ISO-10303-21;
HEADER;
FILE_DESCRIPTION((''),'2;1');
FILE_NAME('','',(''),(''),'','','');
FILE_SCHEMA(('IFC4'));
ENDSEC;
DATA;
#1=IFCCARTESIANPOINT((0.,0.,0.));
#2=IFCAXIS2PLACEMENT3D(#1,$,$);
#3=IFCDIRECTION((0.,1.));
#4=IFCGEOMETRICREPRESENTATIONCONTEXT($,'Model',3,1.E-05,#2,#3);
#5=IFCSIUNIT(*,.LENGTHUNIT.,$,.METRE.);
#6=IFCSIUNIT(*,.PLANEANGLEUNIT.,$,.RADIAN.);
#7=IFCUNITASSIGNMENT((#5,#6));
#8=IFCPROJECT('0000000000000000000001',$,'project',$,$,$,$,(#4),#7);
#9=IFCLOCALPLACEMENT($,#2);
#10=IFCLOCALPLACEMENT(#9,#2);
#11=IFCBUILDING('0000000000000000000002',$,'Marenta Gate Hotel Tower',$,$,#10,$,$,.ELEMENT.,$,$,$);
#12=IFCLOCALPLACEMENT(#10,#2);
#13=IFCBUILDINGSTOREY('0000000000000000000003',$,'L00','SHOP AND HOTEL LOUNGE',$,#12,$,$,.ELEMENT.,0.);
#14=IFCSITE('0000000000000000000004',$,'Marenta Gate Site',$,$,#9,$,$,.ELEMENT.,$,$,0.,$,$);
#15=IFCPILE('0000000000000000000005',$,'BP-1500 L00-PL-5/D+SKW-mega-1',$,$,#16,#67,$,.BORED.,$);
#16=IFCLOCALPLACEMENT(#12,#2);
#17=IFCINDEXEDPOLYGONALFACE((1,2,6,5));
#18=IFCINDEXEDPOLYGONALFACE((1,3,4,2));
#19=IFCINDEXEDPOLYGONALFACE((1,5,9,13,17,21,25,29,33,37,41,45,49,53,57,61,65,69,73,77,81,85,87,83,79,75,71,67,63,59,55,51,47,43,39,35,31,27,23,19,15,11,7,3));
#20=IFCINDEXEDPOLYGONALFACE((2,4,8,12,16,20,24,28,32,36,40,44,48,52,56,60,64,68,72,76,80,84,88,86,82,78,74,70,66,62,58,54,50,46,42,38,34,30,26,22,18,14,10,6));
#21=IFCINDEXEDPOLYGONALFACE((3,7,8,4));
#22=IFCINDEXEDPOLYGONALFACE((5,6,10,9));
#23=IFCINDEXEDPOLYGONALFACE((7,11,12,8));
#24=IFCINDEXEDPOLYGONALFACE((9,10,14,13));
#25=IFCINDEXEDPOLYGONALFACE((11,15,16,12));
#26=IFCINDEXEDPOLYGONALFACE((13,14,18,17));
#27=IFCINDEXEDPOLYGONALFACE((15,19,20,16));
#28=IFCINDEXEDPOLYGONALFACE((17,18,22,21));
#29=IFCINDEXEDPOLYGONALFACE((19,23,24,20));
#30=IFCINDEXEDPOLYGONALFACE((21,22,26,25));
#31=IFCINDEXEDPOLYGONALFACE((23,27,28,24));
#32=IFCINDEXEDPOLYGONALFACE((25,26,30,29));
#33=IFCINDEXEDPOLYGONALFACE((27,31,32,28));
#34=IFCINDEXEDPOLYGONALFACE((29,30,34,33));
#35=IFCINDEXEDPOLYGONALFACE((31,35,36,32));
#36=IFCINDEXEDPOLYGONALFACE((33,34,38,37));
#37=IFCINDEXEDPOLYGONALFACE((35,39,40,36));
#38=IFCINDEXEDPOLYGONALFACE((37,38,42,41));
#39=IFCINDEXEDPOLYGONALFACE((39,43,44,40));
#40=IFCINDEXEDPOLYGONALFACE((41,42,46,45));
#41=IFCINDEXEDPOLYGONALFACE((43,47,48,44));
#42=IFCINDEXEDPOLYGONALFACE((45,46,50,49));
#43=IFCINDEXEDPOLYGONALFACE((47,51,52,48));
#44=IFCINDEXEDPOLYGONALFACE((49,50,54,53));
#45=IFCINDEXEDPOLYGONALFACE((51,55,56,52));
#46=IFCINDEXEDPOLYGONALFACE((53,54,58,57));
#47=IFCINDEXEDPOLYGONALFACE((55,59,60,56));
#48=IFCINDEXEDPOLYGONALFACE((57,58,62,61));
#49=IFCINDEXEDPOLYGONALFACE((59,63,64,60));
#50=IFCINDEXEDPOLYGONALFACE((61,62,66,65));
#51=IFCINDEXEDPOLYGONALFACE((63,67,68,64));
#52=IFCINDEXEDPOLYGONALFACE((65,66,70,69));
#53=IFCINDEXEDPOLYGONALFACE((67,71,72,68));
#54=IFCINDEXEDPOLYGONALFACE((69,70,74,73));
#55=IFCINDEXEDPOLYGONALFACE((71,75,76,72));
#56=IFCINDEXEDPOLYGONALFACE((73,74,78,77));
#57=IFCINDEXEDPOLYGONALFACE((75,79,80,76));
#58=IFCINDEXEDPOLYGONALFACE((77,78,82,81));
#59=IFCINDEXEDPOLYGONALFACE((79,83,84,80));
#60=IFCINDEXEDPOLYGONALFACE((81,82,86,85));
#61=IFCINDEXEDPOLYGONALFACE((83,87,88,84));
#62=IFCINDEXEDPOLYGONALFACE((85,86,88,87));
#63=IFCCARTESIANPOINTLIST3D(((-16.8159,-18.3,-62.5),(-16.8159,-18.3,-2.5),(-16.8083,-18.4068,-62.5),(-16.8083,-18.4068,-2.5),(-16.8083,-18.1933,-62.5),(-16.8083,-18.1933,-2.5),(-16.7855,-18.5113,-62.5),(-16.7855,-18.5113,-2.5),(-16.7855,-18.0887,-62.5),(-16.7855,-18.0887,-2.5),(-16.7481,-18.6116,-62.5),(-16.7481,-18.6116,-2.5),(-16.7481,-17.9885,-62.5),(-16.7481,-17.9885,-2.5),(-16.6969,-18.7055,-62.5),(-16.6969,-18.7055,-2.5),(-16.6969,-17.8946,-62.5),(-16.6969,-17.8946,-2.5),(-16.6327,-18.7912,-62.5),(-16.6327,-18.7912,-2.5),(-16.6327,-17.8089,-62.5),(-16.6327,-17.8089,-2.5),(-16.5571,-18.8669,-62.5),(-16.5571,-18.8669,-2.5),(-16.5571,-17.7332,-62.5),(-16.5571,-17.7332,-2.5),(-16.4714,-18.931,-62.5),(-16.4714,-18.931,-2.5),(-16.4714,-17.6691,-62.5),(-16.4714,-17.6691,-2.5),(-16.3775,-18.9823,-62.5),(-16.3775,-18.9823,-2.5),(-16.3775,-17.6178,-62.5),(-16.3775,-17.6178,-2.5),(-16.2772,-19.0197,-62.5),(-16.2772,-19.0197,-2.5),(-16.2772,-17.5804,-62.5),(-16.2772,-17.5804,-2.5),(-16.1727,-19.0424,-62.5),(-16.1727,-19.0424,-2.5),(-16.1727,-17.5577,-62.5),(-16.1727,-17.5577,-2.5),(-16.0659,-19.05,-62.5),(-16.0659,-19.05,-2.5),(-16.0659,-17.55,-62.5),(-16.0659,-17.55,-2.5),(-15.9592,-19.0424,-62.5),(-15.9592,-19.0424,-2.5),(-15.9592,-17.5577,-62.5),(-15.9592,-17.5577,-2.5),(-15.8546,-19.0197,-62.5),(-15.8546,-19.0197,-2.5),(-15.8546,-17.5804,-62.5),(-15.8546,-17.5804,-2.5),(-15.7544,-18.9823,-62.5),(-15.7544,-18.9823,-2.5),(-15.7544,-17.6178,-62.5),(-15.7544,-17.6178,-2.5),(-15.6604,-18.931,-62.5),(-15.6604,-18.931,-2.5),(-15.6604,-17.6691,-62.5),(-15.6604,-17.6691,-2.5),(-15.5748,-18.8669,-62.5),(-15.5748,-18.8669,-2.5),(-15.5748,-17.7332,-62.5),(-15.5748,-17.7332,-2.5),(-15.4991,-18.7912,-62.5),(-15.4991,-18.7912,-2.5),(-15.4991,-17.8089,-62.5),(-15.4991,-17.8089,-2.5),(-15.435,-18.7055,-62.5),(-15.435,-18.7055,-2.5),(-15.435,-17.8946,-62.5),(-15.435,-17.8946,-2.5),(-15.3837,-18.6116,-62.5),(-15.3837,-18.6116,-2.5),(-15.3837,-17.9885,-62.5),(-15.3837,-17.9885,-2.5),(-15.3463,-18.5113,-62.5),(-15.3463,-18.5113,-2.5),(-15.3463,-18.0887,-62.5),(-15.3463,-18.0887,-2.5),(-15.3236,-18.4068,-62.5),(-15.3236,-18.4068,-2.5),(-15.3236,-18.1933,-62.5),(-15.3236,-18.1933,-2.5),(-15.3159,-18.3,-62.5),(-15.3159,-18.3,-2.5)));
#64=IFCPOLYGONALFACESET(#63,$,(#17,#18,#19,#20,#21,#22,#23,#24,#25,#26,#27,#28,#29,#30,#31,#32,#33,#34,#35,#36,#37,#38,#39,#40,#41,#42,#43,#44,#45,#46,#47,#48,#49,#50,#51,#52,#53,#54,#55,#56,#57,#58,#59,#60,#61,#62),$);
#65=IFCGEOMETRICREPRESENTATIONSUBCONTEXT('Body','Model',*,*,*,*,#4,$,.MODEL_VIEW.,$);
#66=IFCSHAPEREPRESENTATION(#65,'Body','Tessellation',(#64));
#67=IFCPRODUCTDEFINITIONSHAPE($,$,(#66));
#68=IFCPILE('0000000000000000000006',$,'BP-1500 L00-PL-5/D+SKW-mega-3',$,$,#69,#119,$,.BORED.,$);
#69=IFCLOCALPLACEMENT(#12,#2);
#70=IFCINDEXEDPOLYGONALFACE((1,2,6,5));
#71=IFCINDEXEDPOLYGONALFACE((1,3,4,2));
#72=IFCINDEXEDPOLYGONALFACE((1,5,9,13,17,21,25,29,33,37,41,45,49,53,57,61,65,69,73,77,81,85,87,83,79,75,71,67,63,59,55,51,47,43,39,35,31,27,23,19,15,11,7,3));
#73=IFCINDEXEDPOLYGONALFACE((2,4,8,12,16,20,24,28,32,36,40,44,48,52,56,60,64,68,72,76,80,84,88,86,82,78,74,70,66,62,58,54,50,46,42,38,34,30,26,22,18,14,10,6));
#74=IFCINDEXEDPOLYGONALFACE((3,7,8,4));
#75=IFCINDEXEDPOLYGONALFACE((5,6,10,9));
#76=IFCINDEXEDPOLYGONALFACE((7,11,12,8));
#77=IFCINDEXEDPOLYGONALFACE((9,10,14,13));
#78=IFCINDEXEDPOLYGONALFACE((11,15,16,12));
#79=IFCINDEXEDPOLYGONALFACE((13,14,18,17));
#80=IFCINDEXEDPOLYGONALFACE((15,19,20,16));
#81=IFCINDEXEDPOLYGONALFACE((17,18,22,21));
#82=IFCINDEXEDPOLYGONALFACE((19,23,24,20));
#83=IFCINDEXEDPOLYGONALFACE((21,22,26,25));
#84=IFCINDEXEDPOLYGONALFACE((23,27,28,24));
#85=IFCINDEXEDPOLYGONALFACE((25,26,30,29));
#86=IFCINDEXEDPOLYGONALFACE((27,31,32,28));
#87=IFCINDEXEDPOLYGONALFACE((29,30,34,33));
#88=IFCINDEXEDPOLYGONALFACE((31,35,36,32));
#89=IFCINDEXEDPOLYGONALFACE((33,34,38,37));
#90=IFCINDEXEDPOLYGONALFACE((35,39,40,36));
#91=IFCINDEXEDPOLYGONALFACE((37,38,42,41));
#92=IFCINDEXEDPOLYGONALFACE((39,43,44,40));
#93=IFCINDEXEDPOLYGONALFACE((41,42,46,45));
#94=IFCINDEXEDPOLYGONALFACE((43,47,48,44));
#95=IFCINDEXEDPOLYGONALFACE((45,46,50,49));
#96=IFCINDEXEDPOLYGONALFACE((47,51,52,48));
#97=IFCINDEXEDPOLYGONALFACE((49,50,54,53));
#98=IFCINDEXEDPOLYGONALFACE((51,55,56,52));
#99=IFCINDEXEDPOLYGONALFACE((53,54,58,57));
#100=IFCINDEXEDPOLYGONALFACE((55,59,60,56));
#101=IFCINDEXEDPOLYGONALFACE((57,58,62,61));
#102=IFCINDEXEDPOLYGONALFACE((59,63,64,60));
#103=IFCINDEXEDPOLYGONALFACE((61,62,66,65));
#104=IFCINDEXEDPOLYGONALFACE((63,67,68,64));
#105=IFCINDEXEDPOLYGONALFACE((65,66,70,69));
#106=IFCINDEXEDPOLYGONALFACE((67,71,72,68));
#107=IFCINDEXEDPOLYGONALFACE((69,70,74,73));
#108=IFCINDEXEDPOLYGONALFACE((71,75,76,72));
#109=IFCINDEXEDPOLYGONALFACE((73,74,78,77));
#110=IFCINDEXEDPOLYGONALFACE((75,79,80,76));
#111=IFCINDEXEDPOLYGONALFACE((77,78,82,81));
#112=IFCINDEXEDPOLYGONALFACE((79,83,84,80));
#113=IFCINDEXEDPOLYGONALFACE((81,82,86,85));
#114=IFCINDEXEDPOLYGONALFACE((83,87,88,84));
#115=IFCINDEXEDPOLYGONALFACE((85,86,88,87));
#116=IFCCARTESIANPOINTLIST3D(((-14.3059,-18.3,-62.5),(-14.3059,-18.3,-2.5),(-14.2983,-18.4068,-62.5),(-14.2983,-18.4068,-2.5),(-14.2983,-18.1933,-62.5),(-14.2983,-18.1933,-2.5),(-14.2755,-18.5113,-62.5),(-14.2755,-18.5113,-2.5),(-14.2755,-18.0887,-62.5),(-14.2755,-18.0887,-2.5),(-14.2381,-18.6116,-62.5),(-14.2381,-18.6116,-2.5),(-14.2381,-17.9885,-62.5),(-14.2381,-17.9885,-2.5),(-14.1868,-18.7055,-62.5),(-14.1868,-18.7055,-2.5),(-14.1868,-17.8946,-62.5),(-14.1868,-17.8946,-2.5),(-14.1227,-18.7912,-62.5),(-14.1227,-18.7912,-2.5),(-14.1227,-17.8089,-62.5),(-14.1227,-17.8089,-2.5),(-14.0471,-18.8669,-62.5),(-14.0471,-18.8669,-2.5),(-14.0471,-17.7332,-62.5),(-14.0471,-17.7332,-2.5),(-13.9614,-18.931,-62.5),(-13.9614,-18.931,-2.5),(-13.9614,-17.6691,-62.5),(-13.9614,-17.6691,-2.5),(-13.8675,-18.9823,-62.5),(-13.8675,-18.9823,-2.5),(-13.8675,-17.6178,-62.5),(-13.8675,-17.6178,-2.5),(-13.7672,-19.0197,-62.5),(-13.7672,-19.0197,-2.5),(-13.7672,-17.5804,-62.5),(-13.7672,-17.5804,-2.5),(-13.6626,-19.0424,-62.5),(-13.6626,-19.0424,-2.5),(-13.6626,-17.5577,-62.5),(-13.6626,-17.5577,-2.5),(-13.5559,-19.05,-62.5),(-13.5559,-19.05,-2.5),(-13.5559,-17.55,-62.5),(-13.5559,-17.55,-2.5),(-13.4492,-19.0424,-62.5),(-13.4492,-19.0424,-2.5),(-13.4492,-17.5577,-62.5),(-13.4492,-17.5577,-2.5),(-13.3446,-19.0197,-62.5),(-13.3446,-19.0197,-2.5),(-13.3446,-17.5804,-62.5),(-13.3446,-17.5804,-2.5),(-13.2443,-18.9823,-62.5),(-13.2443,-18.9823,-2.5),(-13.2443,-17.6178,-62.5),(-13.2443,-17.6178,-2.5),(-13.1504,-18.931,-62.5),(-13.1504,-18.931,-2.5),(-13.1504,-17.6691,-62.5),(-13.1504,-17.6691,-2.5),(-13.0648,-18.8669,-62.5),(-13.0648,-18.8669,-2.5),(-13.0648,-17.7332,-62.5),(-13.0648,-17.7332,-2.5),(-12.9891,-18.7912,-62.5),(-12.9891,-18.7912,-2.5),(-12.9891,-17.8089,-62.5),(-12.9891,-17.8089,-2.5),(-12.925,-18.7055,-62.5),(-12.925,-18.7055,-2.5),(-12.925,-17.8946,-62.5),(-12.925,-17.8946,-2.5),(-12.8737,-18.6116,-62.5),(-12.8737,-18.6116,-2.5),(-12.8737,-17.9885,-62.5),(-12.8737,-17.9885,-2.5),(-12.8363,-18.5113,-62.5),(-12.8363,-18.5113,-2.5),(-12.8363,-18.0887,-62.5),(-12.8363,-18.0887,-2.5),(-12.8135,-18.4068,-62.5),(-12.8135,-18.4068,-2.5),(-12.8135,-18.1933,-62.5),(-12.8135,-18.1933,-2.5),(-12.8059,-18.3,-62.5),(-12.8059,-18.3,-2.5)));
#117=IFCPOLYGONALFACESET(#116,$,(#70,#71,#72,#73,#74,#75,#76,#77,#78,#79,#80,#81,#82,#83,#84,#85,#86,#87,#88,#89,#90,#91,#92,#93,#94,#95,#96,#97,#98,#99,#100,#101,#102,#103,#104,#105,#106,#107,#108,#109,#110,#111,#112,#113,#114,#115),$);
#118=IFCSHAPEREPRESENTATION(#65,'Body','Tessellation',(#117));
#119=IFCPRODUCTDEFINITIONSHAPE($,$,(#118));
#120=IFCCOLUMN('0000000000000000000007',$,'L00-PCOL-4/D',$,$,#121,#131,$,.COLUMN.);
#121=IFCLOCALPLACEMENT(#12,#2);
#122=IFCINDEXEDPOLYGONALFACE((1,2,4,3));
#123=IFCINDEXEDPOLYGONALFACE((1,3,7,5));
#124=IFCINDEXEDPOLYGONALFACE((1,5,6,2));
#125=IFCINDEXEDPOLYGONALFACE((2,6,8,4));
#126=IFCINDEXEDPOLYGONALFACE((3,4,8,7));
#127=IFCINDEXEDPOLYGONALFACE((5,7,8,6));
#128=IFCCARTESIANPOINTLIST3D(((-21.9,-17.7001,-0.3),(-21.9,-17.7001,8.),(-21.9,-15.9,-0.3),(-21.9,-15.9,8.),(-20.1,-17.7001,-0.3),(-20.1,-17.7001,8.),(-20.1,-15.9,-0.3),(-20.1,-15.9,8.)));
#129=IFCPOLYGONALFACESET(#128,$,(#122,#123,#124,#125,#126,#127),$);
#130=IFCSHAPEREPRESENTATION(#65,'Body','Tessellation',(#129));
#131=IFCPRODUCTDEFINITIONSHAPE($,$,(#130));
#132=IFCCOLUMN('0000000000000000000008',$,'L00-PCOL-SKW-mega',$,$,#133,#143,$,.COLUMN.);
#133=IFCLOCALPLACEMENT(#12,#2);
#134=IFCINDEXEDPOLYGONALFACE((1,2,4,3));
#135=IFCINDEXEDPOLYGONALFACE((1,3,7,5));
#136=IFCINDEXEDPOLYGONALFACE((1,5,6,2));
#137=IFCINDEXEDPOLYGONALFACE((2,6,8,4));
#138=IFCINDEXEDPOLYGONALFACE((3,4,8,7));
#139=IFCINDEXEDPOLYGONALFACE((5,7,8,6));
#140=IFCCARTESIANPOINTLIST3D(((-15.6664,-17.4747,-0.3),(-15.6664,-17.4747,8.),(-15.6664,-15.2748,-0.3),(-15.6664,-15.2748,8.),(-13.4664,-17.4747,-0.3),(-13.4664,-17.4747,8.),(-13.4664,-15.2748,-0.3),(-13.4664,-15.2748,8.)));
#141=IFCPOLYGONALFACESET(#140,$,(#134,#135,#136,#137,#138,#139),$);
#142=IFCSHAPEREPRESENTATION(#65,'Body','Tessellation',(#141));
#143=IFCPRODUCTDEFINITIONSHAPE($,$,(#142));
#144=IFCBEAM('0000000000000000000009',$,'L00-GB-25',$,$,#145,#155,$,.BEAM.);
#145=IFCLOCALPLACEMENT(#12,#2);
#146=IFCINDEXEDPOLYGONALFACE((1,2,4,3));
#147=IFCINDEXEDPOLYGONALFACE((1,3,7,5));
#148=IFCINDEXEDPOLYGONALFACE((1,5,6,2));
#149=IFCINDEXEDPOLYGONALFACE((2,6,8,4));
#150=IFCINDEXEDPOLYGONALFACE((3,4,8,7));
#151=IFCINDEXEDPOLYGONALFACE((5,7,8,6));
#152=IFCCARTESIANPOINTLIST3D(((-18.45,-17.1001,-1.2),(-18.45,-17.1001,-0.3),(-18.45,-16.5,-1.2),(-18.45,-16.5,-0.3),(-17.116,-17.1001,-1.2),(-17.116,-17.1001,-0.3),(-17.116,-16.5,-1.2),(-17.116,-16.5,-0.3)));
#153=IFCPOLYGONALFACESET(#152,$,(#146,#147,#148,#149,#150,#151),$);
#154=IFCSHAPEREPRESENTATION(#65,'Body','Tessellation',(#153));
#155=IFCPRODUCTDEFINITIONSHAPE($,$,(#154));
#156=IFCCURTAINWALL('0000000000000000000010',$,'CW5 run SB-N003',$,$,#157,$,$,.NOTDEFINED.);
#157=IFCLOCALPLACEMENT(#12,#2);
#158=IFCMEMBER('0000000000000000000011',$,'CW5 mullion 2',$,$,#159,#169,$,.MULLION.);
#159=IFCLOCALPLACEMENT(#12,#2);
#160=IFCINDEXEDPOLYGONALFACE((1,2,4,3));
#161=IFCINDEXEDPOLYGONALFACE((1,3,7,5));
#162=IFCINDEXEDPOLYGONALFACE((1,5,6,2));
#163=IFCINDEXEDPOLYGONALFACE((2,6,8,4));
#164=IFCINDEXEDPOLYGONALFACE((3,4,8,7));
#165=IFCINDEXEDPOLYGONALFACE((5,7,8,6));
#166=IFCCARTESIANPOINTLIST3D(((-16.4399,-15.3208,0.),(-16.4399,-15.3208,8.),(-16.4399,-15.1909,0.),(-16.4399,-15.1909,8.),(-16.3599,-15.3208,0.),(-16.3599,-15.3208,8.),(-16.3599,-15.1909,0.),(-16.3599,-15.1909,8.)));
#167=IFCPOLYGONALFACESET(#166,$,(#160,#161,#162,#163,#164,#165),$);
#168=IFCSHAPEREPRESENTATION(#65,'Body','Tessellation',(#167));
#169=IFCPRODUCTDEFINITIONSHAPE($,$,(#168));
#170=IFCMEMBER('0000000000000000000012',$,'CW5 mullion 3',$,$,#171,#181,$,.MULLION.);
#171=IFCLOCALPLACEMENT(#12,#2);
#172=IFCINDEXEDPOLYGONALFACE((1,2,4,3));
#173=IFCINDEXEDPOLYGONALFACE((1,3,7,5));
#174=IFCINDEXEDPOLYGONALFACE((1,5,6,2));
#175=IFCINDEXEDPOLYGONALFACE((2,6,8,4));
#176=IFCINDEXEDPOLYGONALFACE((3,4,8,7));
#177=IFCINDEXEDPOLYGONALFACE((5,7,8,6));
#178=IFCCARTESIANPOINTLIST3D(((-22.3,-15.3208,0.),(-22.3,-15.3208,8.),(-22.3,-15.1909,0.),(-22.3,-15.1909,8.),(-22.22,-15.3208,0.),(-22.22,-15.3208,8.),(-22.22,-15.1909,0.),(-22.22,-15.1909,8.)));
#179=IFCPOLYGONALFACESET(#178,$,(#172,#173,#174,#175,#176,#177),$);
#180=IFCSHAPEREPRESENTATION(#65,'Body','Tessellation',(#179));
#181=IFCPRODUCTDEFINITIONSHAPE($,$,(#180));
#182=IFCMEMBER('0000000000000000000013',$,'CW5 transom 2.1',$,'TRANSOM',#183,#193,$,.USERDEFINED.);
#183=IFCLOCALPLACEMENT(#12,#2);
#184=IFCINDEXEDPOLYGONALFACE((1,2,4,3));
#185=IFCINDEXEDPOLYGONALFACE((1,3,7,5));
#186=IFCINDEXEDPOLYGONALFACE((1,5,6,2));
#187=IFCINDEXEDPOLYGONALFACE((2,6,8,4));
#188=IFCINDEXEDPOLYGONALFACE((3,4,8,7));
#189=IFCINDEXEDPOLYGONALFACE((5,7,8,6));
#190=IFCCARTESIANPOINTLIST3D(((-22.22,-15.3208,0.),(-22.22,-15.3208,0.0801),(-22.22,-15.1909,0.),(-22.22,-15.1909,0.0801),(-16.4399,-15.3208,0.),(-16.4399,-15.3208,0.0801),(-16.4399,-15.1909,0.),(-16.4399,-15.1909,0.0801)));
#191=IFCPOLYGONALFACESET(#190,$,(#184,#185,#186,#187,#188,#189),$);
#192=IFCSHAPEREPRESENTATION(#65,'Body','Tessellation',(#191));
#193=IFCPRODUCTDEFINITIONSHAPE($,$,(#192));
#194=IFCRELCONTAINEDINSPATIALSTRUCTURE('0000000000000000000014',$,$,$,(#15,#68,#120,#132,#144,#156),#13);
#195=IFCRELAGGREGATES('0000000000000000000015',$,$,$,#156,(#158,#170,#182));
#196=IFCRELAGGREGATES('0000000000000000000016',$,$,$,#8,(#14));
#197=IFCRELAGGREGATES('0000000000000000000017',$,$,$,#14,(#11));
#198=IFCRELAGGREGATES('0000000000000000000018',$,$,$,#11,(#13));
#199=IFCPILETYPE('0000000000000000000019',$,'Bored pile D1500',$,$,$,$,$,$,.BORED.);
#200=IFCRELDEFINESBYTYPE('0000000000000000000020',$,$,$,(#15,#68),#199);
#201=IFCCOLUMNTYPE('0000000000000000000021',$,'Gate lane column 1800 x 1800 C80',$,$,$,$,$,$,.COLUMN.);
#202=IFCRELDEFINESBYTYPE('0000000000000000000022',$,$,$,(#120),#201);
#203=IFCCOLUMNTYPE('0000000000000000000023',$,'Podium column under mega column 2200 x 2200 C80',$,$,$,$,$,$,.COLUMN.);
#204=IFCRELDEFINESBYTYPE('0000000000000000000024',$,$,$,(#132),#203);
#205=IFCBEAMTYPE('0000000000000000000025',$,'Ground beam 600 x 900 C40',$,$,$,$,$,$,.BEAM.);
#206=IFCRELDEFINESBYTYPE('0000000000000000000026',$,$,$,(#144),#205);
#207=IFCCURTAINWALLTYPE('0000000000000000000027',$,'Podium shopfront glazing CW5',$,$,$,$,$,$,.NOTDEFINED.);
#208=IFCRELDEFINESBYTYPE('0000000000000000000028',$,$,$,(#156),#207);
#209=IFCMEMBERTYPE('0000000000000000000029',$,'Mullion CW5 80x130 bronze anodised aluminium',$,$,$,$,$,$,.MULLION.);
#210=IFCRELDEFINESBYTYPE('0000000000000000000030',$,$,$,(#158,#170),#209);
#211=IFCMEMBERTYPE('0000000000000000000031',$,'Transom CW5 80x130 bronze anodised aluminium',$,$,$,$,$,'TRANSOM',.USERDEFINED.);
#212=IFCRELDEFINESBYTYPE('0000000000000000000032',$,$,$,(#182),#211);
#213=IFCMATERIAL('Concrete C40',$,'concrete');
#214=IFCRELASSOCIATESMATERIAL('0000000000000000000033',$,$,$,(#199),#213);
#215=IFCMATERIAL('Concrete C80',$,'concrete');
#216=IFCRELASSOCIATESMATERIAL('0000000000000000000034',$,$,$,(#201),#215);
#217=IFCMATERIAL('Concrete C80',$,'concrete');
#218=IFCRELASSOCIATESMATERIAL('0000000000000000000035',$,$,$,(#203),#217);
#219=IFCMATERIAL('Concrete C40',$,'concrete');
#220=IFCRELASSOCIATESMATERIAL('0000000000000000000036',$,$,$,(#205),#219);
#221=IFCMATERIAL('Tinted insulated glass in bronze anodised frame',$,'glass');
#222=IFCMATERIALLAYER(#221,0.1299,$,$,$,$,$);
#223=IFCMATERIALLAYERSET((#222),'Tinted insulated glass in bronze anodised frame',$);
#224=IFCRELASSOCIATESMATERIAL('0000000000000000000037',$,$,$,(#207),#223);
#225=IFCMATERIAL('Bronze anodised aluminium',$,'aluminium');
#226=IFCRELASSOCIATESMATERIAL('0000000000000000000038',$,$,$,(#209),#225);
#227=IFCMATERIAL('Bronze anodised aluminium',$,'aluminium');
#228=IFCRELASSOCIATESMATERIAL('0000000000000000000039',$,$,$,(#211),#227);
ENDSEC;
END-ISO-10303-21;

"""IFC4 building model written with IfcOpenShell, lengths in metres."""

from ifc_helpers import new_model, si_unit, direction, frame, origin, origin_2d, place, context, subcontext, project, spatial, rectangle, circle, extrude, material, layer, layer_set, material_profile, profile_set, type_object, element, aggregate, save


model = new_model("IFC4")

# Units and contexts
model_context = context("Model", 3, precision=1e-05, world=origin(), true_north=direction((0.0, 1.0)))
body_context = subcontext(model_context, "Body", "Model", "MODEL_VIEW")
ifc_project = project(units=[si_unit("LENGTHUNIT", "METRE"), si_unit("PLANEANGLEUNIT", "RADIAN")], contexts=[model_context])

# Site, building, storey
site_placement = place(None, origin())
site = spatial("IfcSite", under=ifc_project, at=site_placement, Name="Marenta Gate Site", CompositionType="ELEMENT", RefElevation=0.0)
building_placement = place(site_placement, origin())
building = spatial("IfcBuilding", under=site, at=building_placement, Name="Marenta Gate Hotel Tower", CompositionType="ELEMENT")
storey_placement = place(building_placement, origin())
storey = spatial("IfcBuildingStorey", under=building, at=storey_placement, Name="L00", Description="SHOP AND HOTEL LOUNGE", CompositionType="ELEMENT", Elevation=0.0)

# Piles
ifc_material_1 = material(Name="Concrete C40", Category="concrete")
pile_type = type_object("IfcPileType", Name="Bored pile D1500", PredefinedType="BORED", material=ifc_material_1)
for number, where, z_axis, x_axis, name in (
    (1, (-16.0659, -18.3, -2.5), (0.0, 0.0, -1.0), (1.0, 0.0, 0.0), "BP-1500 L00-PL-5/D+SKW-mega-1"),
    (2, (-13.5559, -18.3, -2.5), (0.0, 0.0, -1.0), (1.0, 0.0, 0.0), "BP-1500 L00-PL-5/D+SKW-mega-3"),
):
    element("IfcPile", number, at=place(storey_placement, frame(where, z_axis=z_axis, x_axis=x_axis)), inside=storey, type_object=pile_type, Name=name, PredefinedType="BORED", context=body_context, shape_type="SweptSolid", body=[
        extrude(circle(Radius=0.75, at=origin_2d()), origin(), (0.0, 0.0, 1.0), 60.0),
    ])

# Columns
ifc_material_2 = material(Name="Concrete C80", Category="concrete")
ifc_material_profile_1 = material_profile(ifc_material_2, rectangle(XDim=1.8, YDim=1.8, at=origin_2d()), Name="1800 x 1800")
ifc_profile_set_1 = profile_set([ifc_material_profile_1], Name="Concrete C80")
column_type_1 = type_object("IfcColumnType", Name="Gate lane column 1800 x 1800 C80", PredefinedType="COLUMN", material=ifc_profile_set_1)
column_1_placement = place(storey_placement, frame((-21.0, -16.8, -0.3), z_axis=(0.0, 0.0, 1.0), x_axis=(1.0, 0.0, 0.0)))
element("IfcColumn", 3, at=column_1_placement, inside=storey, type_object=column_type_1, Name="L00-PCOL-4/D", PredefinedType="COLUMN", context=body_context, shape_type="SweptSolid", body=[
    extrude(rectangle(XDim=1.8, YDim=1.8, at=origin_2d()), origin(), (0.0, 0.0, 1.0), 8.3),
])
ifc_material_3 = material(Name="Concrete C80", Category="concrete")
ifc_material_profile_2 = material_profile(ifc_material_3, rectangle(XDim=2.2, YDim=2.2, at=origin_2d()), Name="2200 x 2200")
ifc_profile_set_2 = profile_set([ifc_material_profile_2], Name="Concrete C80")
column_type_2 = type_object("IfcColumnType", Name="Podium column under mega column 2200 x 2200 C80", PredefinedType="COLUMN", material=ifc_profile_set_2)
column_2_placement = place(storey_placement, frame((-14.5664, -16.3748, -0.3), z_axis=(0.0, 0.0, 1.0), x_axis=(1.0, 0.0, 0.0)))
element("IfcColumn", 4, at=column_2_placement, inside=storey, type_object=column_type_2, Name="L00-PCOL-SKW-mega", PredefinedType="COLUMN", context=body_context, shape_type="SweptSolid", body=[
    extrude(rectangle(XDim=2.2, YDim=2.2, at=origin_2d()), origin(), (0.0, 0.0, 1.0), 8.3),
])

# Beam
ifc_material_4 = material(Name="Concrete C40", Category="concrete")
ifc_material_profile_3 = material_profile(ifc_material_4, rectangle(XDim=0.6001, YDim=0.8999, at=origin_2d()), Name="600 x 900")
ifc_profile_set_3 = profile_set([ifc_material_profile_3], Name="Concrete C40")
beam_type = type_object("IfcBeamType", Name="Ground beam 600 x 900 C40", PredefinedType="BEAM", material=ifc_profile_set_3)
beam_placement = place(storey_placement, frame((-18.45, -16.8, -0.75), z_axis=(1.0, 0.0, 0.0), x_axis=(0.0, 1.0, 0.0)))
element("IfcBeam", 5, at=beam_placement, inside=storey, type_object=beam_type, Name="L00-GB-25", PredefinedType="BEAM", context=body_context, shape_type="SweptSolid", body=[
    extrude(rectangle(XDim=0.6001, YDim=0.8999, at=origin_2d()), origin(), (0.0, 0.0, 1.0), 1.334),
])

# Curtain wall, members
ifc_material_5 = material(Name="Tinted insulated glass in bronze anodised frame", Category="glass")
ifc_layer_1 = layer(ifc_material_5, 0.1299)
ifc_layer_set_1 = layer_set([ifc_layer_1], Name="Tinted insulated glass in bronze anodised frame")
curtain_wall_type = type_object("IfcCurtainWallType", Name="Podium shopfront glazing CW5", PredefinedType="NOTDEFINED", material=ifc_layer_set_1)
curtain_wall_placement = place(storey_placement, origin())
curtain_wall = element("IfcCurtainWall", 6, at=curtain_wall_placement, inside=storey, type_object=curtain_wall_type, Name="CW5 run SB-N003", PredefinedType="NOTDEFINED")
ifc_material_6 = material(Name="Bronze anodised aluminium", Category="aluminium")
ifc_material_profile_4 = material_profile(ifc_material_6, rectangle(XDim=0.1299, YDim=0.0801, at=origin_2d()), Name="Mullion CW5 80x130 bronze anodised aluminium")
ifc_profile_set_4 = profile_set([ifc_material_profile_4], Name="Bronze anodised aluminium")
member_type_1 = type_object("IfcMemberType", Name="Mullion CW5 80x130 bronze anodised aluminium", PredefinedType="MULLION", material=ifc_profile_set_4)
member_1_placement = place(storey_placement, frame((-16.3999, -15.2559, 0.0), z_axis=(0.0, 0.0, 1.0), x_axis=(0.0, -1.0, 0.0)))
member_1 = element("IfcMember", 7, at=member_1_placement, type_object=member_type_1, Name="CW5 mullion 2", PredefinedType="MULLION", context=body_context, shape_type="SweptSolid", body=[
    extrude(rectangle(XDim=0.1299, YDim=0.0801, at=origin_2d()), origin(), (0.0, 0.0, 1.0), 8.0),
])
member_2_placement = place(storey_placement, frame((-22.26, -15.2559, 0.0), z_axis=(0.0, 0.0, 1.0), x_axis=(0.0, -1.0, 0.0)))
member_2 = element("IfcMember", 8, at=member_2_placement, type_object=member_type_1, Name="CW5 mullion 3", PredefinedType="MULLION", context=body_context, shape_type="SweptSolid", body=[
    extrude(rectangle(XDim=0.1299, YDim=0.0801, at=origin_2d()), origin(), (0.0, 0.0, 1.0), 8.0),
])
ifc_material_7 = material(Name="Bronze anodised aluminium", Category="aluminium")
ifc_material_profile_5 = material_profile(ifc_material_7, rectangle(XDim=0.1299, YDim=0.0801, at=origin_2d()), Name="Transom CW5 80x130 bronze anodised aluminium")
ifc_profile_set_5 = profile_set([ifc_material_profile_5], Name="Bronze anodised aluminium")
member_type_2 = type_object("IfcMemberType", Name="Transom CW5 80x130 bronze anodised aluminium", ElementType="TRANSOM", PredefinedType="USERDEFINED", material=ifc_profile_set_5)
member_3_placement = place(storey_placement, frame((-16.4399, -15.2559, 0.04), z_axis=(-1.0, 0.0, 0.0), x_axis=(0.0, -1.0, 0.0)))
member_3 = element("IfcMember", 9, at=member_3_placement, type_object=member_type_2, Name="CW5 transom 2.1", ObjectType="TRANSOM", PredefinedType="USERDEFINED", context=body_context, shape_type="SweptSolid", body=[
    extrude(rectangle(XDim=0.1299, YDim=0.0801, at=origin_2d()), origin(), (0.0, 0.0, 1.0), 5.78),
])
aggregate(curtain_wall, [member_1, member_2, member_3])

save(model, "model.ifc")
